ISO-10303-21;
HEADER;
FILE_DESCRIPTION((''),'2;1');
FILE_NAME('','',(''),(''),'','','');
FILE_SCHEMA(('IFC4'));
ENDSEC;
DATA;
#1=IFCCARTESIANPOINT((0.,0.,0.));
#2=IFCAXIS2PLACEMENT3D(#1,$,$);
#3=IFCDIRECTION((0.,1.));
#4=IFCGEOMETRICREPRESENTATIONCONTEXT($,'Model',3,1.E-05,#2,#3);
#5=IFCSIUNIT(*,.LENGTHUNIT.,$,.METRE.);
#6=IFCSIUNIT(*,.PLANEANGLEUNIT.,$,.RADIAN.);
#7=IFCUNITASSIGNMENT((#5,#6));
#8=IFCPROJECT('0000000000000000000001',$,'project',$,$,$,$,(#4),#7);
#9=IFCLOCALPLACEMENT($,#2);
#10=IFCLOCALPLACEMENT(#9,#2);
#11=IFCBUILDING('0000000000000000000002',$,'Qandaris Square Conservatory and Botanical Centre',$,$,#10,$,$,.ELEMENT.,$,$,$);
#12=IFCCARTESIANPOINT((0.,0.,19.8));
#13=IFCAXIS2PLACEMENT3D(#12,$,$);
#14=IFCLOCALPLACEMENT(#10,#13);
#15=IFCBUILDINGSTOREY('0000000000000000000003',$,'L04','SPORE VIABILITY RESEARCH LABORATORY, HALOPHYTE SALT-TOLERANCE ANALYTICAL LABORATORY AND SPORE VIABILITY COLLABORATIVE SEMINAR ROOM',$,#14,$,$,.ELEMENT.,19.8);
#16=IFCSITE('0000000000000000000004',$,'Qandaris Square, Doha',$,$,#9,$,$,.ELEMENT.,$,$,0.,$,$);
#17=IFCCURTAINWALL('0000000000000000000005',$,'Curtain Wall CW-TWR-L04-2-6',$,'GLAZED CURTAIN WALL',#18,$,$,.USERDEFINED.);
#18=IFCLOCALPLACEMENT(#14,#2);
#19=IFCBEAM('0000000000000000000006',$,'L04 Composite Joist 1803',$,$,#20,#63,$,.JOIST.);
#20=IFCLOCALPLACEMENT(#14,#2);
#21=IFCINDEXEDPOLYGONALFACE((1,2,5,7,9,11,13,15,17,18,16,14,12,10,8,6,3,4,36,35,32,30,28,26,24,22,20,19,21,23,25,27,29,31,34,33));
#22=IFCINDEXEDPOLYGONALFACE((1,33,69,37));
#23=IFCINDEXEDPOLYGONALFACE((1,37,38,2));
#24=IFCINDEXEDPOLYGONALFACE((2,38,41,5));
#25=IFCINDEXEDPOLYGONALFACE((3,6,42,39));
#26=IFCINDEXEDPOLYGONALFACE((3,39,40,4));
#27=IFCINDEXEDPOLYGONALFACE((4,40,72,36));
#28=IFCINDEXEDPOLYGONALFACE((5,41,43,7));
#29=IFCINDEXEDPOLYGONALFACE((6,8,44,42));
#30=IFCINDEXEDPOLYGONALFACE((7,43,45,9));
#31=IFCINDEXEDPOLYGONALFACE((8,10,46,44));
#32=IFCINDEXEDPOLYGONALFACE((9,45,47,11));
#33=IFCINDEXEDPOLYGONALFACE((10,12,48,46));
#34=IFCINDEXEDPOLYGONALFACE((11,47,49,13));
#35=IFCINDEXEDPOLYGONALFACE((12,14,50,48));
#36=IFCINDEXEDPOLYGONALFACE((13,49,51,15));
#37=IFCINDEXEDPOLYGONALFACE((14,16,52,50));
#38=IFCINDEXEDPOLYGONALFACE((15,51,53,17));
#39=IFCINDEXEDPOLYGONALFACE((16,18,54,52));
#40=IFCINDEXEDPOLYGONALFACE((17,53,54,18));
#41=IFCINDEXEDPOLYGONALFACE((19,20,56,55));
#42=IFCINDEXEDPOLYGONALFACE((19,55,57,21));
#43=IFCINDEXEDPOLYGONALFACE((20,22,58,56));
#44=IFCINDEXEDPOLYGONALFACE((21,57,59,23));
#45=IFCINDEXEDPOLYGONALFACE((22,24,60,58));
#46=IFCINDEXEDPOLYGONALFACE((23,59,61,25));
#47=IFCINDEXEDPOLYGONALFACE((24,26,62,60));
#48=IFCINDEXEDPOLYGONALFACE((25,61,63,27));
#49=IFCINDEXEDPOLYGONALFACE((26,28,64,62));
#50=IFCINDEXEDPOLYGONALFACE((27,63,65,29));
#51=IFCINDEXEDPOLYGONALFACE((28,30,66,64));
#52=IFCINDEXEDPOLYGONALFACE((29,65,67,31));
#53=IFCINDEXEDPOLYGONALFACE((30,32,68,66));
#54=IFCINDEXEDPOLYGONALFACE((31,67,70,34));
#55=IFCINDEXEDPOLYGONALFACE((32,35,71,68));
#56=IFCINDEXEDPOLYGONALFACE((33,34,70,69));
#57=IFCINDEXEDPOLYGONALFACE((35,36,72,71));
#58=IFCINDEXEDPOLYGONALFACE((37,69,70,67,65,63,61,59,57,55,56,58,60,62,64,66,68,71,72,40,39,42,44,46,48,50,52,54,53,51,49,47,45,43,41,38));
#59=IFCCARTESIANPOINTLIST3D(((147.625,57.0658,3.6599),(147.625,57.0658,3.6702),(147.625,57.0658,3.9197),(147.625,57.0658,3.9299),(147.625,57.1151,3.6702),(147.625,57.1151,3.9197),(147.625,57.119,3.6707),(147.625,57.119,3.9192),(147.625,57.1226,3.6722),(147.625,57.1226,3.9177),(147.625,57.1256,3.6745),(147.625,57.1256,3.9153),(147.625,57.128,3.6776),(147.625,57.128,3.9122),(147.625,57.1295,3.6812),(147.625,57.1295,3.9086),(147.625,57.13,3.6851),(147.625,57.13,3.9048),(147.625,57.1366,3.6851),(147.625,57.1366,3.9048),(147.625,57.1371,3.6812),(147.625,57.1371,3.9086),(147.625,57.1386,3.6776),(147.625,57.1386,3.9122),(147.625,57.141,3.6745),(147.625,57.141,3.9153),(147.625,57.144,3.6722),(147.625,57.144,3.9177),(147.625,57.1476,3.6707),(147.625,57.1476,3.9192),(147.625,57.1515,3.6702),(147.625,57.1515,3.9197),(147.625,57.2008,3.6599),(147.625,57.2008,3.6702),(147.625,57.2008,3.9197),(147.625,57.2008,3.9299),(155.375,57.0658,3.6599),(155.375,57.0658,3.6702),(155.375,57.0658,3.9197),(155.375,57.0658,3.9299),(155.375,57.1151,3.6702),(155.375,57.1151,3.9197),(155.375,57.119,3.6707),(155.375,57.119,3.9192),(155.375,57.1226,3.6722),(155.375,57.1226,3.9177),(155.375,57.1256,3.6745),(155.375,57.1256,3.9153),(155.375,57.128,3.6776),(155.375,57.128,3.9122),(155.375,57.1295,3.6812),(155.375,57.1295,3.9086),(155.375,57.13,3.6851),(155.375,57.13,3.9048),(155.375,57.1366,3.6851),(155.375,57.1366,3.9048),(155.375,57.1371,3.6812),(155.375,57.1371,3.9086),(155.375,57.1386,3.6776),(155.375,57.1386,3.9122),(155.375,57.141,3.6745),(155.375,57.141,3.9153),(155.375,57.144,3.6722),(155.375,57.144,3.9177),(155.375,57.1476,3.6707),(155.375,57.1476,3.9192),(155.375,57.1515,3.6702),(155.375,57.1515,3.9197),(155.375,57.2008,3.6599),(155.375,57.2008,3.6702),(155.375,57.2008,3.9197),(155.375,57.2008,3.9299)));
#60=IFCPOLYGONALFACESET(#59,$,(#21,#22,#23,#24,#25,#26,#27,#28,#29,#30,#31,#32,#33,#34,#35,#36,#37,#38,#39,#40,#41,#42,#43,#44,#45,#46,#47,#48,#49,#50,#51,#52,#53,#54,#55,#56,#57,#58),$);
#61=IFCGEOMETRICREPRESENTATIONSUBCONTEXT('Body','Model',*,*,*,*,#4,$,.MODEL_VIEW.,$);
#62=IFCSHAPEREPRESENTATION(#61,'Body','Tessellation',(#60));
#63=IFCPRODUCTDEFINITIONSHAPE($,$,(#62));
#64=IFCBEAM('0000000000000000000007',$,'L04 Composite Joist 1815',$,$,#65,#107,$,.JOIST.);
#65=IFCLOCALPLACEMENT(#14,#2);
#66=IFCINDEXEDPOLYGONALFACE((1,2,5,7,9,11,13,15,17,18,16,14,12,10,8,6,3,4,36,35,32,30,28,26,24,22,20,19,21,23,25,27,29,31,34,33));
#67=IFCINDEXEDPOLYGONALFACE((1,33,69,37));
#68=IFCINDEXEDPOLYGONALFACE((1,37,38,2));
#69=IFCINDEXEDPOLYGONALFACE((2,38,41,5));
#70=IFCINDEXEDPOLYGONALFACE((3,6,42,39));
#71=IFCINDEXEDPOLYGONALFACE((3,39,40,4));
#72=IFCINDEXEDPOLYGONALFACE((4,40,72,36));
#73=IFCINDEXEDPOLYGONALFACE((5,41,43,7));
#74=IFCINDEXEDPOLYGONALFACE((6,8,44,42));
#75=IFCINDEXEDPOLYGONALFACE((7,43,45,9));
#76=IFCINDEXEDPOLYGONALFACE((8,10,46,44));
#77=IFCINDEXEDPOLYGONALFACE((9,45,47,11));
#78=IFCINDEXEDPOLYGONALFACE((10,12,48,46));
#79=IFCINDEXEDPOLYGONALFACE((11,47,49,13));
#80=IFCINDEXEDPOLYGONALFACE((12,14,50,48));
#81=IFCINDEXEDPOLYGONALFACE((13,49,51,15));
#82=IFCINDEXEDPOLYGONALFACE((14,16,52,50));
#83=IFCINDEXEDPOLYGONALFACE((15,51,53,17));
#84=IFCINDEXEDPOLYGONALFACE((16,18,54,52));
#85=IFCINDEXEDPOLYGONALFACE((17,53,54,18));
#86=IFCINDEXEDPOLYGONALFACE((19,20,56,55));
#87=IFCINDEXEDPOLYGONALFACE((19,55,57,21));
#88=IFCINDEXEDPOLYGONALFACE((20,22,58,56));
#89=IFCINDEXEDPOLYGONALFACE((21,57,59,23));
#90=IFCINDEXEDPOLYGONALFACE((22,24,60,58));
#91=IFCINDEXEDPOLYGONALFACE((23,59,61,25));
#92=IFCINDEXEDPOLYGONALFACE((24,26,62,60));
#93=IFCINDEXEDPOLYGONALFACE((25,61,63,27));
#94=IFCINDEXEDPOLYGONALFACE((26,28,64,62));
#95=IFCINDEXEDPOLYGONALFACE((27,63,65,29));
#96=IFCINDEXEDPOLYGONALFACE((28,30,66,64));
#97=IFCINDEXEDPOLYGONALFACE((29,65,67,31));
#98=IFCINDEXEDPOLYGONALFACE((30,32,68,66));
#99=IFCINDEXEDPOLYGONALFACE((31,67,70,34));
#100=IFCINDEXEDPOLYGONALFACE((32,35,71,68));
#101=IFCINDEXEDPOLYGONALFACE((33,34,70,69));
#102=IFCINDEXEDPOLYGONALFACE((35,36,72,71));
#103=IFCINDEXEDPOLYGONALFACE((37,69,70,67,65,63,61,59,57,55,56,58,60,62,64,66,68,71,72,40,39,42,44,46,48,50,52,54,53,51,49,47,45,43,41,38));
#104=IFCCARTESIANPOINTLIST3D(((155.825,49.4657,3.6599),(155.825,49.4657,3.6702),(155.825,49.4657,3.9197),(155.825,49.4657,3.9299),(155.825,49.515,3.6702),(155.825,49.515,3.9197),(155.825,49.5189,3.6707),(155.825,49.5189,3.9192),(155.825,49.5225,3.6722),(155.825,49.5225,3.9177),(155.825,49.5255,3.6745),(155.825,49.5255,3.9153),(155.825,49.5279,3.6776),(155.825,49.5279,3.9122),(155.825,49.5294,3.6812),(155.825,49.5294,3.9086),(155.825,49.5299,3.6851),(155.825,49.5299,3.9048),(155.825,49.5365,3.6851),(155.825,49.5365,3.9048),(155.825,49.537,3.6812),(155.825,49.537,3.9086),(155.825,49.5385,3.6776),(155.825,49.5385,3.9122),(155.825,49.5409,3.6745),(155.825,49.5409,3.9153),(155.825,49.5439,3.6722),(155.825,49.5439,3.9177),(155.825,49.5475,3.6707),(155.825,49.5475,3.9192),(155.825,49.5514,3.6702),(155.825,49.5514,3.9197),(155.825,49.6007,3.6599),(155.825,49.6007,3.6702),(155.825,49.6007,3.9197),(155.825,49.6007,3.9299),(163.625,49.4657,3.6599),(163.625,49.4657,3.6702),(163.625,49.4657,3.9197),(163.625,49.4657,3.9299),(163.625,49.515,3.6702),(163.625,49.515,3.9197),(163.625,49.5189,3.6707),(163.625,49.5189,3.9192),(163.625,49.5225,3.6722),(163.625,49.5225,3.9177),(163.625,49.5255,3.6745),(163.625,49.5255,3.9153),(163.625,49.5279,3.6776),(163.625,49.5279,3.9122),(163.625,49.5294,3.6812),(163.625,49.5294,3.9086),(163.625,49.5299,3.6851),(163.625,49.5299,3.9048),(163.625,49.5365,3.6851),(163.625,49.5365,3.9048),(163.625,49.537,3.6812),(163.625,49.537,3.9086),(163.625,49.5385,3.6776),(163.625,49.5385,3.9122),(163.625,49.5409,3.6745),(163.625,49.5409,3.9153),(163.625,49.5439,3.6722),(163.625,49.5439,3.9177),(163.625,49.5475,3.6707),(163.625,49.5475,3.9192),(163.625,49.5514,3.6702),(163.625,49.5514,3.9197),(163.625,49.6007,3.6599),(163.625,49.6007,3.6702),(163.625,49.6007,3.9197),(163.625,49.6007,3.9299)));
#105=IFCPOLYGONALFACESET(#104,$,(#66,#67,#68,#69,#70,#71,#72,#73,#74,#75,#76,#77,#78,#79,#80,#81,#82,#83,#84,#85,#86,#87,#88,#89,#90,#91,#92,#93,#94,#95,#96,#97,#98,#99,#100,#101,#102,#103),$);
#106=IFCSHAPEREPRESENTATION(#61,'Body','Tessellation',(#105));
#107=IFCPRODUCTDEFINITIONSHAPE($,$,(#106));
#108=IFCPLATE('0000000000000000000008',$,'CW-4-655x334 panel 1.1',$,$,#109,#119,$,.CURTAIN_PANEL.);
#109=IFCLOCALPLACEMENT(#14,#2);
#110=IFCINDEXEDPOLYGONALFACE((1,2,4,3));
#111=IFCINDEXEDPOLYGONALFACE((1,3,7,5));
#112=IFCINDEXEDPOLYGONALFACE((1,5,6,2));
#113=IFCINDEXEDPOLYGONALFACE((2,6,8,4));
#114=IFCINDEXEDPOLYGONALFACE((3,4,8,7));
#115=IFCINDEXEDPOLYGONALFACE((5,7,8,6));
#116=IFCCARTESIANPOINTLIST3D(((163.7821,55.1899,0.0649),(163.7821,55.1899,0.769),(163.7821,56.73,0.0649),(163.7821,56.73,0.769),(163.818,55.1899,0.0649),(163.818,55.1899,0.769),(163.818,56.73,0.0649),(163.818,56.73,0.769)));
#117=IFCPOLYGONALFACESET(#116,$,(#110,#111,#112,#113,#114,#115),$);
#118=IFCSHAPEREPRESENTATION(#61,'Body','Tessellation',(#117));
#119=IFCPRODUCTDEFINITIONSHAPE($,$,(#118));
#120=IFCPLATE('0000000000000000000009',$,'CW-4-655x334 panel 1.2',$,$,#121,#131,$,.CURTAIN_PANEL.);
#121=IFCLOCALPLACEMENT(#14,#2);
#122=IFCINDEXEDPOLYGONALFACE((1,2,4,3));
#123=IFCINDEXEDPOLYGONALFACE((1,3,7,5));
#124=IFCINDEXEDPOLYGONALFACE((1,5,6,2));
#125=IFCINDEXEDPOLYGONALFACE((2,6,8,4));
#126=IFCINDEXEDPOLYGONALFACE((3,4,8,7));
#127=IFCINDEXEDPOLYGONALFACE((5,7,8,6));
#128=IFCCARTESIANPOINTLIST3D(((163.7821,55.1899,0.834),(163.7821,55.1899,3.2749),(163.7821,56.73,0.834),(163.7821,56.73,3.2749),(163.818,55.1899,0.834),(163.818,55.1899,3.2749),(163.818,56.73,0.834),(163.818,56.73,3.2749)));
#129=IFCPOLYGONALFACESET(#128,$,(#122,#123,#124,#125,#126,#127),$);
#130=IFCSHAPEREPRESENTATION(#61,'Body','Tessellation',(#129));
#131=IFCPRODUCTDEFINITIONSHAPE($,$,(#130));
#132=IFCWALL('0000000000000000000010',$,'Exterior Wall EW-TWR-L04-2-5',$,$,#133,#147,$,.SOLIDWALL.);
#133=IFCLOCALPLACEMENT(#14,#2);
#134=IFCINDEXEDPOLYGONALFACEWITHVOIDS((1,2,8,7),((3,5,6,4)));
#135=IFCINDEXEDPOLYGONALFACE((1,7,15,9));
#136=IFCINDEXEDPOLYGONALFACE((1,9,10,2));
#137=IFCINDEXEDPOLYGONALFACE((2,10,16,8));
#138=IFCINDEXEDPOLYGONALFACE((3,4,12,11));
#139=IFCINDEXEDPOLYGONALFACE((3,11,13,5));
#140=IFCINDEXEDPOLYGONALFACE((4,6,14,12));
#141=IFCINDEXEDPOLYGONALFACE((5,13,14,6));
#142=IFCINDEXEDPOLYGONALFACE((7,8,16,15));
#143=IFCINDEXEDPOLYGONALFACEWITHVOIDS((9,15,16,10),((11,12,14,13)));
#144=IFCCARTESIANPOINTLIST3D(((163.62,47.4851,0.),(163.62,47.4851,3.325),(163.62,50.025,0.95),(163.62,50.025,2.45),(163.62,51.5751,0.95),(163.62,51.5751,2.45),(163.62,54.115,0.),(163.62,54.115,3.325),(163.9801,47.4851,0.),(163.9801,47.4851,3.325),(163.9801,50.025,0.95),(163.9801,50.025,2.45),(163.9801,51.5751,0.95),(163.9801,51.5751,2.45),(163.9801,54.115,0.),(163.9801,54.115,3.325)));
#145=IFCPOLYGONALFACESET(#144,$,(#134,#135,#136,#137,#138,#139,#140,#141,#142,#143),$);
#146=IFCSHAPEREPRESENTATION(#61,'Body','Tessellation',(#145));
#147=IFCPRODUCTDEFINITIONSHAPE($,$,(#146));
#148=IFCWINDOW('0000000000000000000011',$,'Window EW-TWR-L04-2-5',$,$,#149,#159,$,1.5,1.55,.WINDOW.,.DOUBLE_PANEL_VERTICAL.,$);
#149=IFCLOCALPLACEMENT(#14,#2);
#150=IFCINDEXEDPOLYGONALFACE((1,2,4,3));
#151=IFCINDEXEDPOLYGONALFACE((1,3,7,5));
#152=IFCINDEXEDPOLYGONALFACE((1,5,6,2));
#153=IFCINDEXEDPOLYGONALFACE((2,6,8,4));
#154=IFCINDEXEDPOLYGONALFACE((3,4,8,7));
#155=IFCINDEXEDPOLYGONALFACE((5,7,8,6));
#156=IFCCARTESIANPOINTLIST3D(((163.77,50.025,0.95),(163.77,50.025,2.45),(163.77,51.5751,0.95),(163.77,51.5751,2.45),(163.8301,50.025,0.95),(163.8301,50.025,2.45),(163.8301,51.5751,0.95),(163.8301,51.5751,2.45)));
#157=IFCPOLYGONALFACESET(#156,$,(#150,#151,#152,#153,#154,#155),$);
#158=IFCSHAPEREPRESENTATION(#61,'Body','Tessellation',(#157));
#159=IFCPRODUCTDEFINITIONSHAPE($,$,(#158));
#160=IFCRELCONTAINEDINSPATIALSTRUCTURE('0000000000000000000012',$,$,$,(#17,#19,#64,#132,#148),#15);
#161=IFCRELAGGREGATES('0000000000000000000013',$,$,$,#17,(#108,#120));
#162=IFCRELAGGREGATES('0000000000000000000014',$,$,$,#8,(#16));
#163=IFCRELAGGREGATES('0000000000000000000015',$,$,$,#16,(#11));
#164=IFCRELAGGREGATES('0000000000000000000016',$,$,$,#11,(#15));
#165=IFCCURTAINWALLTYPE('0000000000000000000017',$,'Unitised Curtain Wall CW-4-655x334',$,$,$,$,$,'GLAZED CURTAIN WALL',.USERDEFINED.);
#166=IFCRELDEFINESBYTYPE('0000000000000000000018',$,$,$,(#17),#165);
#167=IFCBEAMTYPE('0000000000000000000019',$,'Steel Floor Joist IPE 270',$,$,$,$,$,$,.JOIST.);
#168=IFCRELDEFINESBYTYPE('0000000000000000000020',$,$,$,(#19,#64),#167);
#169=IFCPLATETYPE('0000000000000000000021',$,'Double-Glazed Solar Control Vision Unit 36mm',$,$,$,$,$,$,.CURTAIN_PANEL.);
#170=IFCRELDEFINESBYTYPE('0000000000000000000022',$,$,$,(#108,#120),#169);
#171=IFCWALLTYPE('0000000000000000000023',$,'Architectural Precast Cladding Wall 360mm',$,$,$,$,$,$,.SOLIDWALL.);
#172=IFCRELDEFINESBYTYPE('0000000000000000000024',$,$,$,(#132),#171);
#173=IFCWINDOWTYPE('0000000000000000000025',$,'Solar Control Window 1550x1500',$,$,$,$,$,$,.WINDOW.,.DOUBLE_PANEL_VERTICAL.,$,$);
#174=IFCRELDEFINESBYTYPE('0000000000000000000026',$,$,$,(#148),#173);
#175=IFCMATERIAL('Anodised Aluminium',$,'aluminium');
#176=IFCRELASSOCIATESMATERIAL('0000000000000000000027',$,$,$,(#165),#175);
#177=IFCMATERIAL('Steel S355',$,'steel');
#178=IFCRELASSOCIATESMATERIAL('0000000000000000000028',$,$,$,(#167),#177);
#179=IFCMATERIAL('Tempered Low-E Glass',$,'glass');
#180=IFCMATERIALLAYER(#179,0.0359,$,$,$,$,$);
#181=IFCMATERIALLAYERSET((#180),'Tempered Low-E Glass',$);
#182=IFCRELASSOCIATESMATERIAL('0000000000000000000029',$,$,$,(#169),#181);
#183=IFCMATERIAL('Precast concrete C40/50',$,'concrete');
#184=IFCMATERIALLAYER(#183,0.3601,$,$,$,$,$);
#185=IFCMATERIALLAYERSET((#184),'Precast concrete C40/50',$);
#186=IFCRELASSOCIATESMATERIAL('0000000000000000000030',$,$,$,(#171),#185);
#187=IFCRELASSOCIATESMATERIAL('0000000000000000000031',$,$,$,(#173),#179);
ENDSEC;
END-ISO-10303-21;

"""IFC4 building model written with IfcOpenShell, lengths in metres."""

from ifc_helpers import new_model, si_unit, direction, frame, frame_2d, origin, origin_2d, place, context, subcontext, project, spatial, rectangle, i_section, extrude, material, layer, layer_set, material_profile, profile_set, type_object, element, fill, aggregate, save


model = new_model("IFC4")

# Units and contexts
model_context = context("Model", 3, precision=1e-05, world=origin(), true_north=direction((0.0, 1.0)))
body_context = subcontext(model_context, "Body", "Model", "MODEL_VIEW")
ifc_project = project(units=[si_unit("LENGTHUNIT", "METRE"), si_unit("PLANEANGLEUNIT", "RADIAN")], contexts=[model_context])

# Site, building, storey
site_placement = place(None, origin())
site = spatial("IfcSite", under=ifc_project, at=site_placement, Name="Qandaris Square, Doha", CompositionType="ELEMENT", RefElevation=0.0)
building_placement = place(site_placement, origin())
building = spatial("IfcBuilding", under=site, at=building_placement, Name="Qandaris Square Conservatory and Botanical Centre", CompositionType="ELEMENT")
storey_placement = place(building_placement, frame((0.0, 0.0, 19.8)))
storey = spatial("IfcBuildingStorey", under=building, at=storey_placement, Name="L04", Description="SPORE VIABILITY RESEARCH LABORATORY, HALOPHYTE SALT-TOLERANCE ANALYTICAL LABORATORY AND SPORE VIABILITY COLLABORATIVE SEMINAR ROOM", CompositionType="ELEMENT", Elevation=19.8)

# Shared definitions
ifc_material_1 = material(Name="Steel S355", Category="steel")

# Curtain wall
ifc_material_2 = material(Name="Anodised Aluminium", Category="aluminium")
curtain_wall_type = type_object("IfcCurtainWallType", Name="Unitised Curtain Wall CW-4-655x334", ElementType="GLAZED CURTAIN WALL", PredefinedType="USERDEFINED", material=ifc_material_2)
curtain_wall_placement = place(storey_placement, origin())
curtain_wall = element("IfcCurtainWall", 1, at=curtain_wall_placement, inside=storey, type_object=curtain_wall_type, Name="Curtain Wall CW-TWR-L04-2-6", ObjectType="GLAZED CURTAIN WALL", PredefinedType="USERDEFINED")

# Beams
ifc_material_profile_1 = material_profile(ifc_material_1, i_section(OverallWidth=0.135, OverallDepth=0.27, WebThickness=0.0066, FlangeThickness=0.0103, FilletRadius=0.0149, at=origin_2d()), Name="IPE 270")
ifc_profile_set_1 = profile_set([ifc_material_profile_1], Name="Steel S355")
beam_type_1 = type_object("IfcBeamType", Name="Steel Floor Joist IPE 270", PredefinedType="JOIST", material=ifc_profile_set_1)
beam_1_placement = place(storey_placement, frame((147.625, 57.1333, 3.7949), z_axis=(1.0, 0.0, 0.0), x_axis=(0.0, 1.0, 0.0)))
element("IfcBeam", 2, at=beam_1_placement, inside=storey, type_object=beam_type_1, Name="L04 Composite Joist 1803", PredefinedType="JOIST", context=body_context, shape_type="SweptSolid", body=[
    extrude(i_section(OverallWidth=0.135, OverallDepth=0.27, WebThickness=0.0066, FlangeThickness=0.0103, FilletRadius=0.0149, at=origin_2d()), origin(), (0.0, 0.0, 1.0), 7.75),
])
beam_2_placement = place(storey_placement, frame((155.825, 49.5332, 3.7949), z_axis=(1.0, 0.0, 0.0), x_axis=(0.0, 1.0, 0.0)))
element("IfcBeam", 3, at=beam_2_placement, inside=storey, type_object=beam_type_1, Name="L04 Composite Joist 1815", PredefinedType="JOIST", context=body_context, shape_type="SweptSolid", body=[
    extrude(i_section(OverallWidth=0.135, OverallDepth=0.27, WebThickness=0.0066, FlangeThickness=0.0103, FilletRadius=0.0149, at=origin_2d()), origin(), (0.0, 0.0, 1.0), 7.8),
])

# Plates
ifc_material_3 = material(Name="Tempered Low-E Glass", Category="glass")
ifc_layer_1 = layer(ifc_material_3, 0.0359)
ifc_layer_set_1 = layer_set([ifc_layer_1], Name="Tempered Low-E Glass")
plate_type = type_object("IfcPlateType", Name="Double-Glazed Solar Control Vision Unit 36mm", PredefinedType="CURTAIN_PANEL", material=ifc_layer_set_1)
plate_1_placement = place(storey_placement, frame((163.8, 55.96, 0.0649), z_axis=(0.0, 0.0, 1.0), x_axis=(0.0, 1.0, 0.0)))
plate_1 = element("IfcPlate", 4, at=plate_1_placement, type_object=plate_type, Name="CW-4-655x334 panel 1.1", PredefinedType="CURTAIN_PANEL", context=body_context, shape_type="SweptSolid", body=[
    extrude(rectangle(XDim=1.54, YDim=0.0359, at=origin_2d()), origin(), (0.0, 0.0, 1.0), 0.7041),
])
plate_2_placement = place(storey_placement, frame((163.8, 55.96, 0.834), z_axis=(0.0, 0.0, 1.0), x_axis=(0.0, 1.0, 0.0)))
plate_2 = element("IfcPlate", 5, at=plate_2_placement, type_object=plate_type, Name="CW-4-655x334 panel 1.2", PredefinedType="CURTAIN_PANEL", context=body_context, shape_type="SweptSolid", body=[
    extrude(rectangle(XDim=1.54, YDim=0.0359, at=origin_2d()), origin(), (0.0, 0.0, 1.0), 2.4409),
])
aggregate(curtain_wall, [plate_1, plate_2])

# Wall, opening, window
ifc_material_4 = material(Name="Precast concrete C40/50", Category="concrete")
ifc_layer_2 = layer(ifc_material_4, 0.3601)
ifc_layer_set_2 = layer_set([ifc_layer_2], Name="Precast concrete C40/50")
wall_type_1 = type_object("IfcWallType", Name="Architectural Precast Cladding Wall 360mm", PredefinedType="SOLIDWALL", material=ifc_layer_set_2)
wall_1_placement = place(storey_placement, frame((163.8, 47.4851, 0.0), z_axis=(0.0, 0.0, 1.0), x_axis=(0.0, 1.0, 0.0)))
wall_1 = element("IfcWall", 6, at=wall_1_placement, inside=storey, type_object=wall_type_1, Name="Exterior Wall EW-TWR-L04-2-5", PredefinedType="SOLIDWALL", context=body_context, shape_type="SweptSolid", body=[
    extrude(rectangle(XDim=6.6299, YDim=0.3601, at=frame_2d((3.3149, 0.0))), origin(), (0.0, 0.0, 1.0), 3.325),
])
opening_1_placement = place(wall_1_placement, frame((2.54, 0.0, 0.95)))
opening_1 = element("IfcOpeningElement", 7, at=opening_1_placement, cuts=wall_1, PredefinedType="OPENING", context=body_context, shape_type="SweptSolid", body=[
    extrude(rectangle(XDim=1.55, YDim=1.5, at=frame_2d((0.7749, 0.75))), frame((0.0, 0.1919, 0.0), z_axis=(0.0, -1.0, 0.0), x_axis=(1.0, 0.0, 0.0)), (0.0, 0.0, 1.0), 0.384),
])
window_type = type_object("IfcWindowType", Name="Solar Control Window 1550x1500", PartitioningType="DOUBLE_PANEL_VERTICAL", PredefinedType="WINDOW", material=ifc_material_3)
window_placement = place(opening_1_placement, origin())
window = element("IfcWindow", 8, at=window_placement, inside=storey, type_object=window_type, Name="Window EW-TWR-L04-2-5", OverallHeight=1.5, OverallWidth=1.55, PartitioningType="DOUBLE_PANEL_VERTICAL", PredefinedType="WINDOW", context=body_context, shape_type="SweptSolid", body=[
    extrude(rectangle(XDim=1.55, YDim=1.5, at=frame_2d((0.7749, 0.75))), frame((0.0, 0.03, 0.0), z_axis=(0.0, -1.0, 0.0), x_axis=(1.0, 0.0, 0.0)), (0.0, 0.0, 1.0), 0.0601),
])
fill(opening_1, window)

save(model, "model.ifc")
